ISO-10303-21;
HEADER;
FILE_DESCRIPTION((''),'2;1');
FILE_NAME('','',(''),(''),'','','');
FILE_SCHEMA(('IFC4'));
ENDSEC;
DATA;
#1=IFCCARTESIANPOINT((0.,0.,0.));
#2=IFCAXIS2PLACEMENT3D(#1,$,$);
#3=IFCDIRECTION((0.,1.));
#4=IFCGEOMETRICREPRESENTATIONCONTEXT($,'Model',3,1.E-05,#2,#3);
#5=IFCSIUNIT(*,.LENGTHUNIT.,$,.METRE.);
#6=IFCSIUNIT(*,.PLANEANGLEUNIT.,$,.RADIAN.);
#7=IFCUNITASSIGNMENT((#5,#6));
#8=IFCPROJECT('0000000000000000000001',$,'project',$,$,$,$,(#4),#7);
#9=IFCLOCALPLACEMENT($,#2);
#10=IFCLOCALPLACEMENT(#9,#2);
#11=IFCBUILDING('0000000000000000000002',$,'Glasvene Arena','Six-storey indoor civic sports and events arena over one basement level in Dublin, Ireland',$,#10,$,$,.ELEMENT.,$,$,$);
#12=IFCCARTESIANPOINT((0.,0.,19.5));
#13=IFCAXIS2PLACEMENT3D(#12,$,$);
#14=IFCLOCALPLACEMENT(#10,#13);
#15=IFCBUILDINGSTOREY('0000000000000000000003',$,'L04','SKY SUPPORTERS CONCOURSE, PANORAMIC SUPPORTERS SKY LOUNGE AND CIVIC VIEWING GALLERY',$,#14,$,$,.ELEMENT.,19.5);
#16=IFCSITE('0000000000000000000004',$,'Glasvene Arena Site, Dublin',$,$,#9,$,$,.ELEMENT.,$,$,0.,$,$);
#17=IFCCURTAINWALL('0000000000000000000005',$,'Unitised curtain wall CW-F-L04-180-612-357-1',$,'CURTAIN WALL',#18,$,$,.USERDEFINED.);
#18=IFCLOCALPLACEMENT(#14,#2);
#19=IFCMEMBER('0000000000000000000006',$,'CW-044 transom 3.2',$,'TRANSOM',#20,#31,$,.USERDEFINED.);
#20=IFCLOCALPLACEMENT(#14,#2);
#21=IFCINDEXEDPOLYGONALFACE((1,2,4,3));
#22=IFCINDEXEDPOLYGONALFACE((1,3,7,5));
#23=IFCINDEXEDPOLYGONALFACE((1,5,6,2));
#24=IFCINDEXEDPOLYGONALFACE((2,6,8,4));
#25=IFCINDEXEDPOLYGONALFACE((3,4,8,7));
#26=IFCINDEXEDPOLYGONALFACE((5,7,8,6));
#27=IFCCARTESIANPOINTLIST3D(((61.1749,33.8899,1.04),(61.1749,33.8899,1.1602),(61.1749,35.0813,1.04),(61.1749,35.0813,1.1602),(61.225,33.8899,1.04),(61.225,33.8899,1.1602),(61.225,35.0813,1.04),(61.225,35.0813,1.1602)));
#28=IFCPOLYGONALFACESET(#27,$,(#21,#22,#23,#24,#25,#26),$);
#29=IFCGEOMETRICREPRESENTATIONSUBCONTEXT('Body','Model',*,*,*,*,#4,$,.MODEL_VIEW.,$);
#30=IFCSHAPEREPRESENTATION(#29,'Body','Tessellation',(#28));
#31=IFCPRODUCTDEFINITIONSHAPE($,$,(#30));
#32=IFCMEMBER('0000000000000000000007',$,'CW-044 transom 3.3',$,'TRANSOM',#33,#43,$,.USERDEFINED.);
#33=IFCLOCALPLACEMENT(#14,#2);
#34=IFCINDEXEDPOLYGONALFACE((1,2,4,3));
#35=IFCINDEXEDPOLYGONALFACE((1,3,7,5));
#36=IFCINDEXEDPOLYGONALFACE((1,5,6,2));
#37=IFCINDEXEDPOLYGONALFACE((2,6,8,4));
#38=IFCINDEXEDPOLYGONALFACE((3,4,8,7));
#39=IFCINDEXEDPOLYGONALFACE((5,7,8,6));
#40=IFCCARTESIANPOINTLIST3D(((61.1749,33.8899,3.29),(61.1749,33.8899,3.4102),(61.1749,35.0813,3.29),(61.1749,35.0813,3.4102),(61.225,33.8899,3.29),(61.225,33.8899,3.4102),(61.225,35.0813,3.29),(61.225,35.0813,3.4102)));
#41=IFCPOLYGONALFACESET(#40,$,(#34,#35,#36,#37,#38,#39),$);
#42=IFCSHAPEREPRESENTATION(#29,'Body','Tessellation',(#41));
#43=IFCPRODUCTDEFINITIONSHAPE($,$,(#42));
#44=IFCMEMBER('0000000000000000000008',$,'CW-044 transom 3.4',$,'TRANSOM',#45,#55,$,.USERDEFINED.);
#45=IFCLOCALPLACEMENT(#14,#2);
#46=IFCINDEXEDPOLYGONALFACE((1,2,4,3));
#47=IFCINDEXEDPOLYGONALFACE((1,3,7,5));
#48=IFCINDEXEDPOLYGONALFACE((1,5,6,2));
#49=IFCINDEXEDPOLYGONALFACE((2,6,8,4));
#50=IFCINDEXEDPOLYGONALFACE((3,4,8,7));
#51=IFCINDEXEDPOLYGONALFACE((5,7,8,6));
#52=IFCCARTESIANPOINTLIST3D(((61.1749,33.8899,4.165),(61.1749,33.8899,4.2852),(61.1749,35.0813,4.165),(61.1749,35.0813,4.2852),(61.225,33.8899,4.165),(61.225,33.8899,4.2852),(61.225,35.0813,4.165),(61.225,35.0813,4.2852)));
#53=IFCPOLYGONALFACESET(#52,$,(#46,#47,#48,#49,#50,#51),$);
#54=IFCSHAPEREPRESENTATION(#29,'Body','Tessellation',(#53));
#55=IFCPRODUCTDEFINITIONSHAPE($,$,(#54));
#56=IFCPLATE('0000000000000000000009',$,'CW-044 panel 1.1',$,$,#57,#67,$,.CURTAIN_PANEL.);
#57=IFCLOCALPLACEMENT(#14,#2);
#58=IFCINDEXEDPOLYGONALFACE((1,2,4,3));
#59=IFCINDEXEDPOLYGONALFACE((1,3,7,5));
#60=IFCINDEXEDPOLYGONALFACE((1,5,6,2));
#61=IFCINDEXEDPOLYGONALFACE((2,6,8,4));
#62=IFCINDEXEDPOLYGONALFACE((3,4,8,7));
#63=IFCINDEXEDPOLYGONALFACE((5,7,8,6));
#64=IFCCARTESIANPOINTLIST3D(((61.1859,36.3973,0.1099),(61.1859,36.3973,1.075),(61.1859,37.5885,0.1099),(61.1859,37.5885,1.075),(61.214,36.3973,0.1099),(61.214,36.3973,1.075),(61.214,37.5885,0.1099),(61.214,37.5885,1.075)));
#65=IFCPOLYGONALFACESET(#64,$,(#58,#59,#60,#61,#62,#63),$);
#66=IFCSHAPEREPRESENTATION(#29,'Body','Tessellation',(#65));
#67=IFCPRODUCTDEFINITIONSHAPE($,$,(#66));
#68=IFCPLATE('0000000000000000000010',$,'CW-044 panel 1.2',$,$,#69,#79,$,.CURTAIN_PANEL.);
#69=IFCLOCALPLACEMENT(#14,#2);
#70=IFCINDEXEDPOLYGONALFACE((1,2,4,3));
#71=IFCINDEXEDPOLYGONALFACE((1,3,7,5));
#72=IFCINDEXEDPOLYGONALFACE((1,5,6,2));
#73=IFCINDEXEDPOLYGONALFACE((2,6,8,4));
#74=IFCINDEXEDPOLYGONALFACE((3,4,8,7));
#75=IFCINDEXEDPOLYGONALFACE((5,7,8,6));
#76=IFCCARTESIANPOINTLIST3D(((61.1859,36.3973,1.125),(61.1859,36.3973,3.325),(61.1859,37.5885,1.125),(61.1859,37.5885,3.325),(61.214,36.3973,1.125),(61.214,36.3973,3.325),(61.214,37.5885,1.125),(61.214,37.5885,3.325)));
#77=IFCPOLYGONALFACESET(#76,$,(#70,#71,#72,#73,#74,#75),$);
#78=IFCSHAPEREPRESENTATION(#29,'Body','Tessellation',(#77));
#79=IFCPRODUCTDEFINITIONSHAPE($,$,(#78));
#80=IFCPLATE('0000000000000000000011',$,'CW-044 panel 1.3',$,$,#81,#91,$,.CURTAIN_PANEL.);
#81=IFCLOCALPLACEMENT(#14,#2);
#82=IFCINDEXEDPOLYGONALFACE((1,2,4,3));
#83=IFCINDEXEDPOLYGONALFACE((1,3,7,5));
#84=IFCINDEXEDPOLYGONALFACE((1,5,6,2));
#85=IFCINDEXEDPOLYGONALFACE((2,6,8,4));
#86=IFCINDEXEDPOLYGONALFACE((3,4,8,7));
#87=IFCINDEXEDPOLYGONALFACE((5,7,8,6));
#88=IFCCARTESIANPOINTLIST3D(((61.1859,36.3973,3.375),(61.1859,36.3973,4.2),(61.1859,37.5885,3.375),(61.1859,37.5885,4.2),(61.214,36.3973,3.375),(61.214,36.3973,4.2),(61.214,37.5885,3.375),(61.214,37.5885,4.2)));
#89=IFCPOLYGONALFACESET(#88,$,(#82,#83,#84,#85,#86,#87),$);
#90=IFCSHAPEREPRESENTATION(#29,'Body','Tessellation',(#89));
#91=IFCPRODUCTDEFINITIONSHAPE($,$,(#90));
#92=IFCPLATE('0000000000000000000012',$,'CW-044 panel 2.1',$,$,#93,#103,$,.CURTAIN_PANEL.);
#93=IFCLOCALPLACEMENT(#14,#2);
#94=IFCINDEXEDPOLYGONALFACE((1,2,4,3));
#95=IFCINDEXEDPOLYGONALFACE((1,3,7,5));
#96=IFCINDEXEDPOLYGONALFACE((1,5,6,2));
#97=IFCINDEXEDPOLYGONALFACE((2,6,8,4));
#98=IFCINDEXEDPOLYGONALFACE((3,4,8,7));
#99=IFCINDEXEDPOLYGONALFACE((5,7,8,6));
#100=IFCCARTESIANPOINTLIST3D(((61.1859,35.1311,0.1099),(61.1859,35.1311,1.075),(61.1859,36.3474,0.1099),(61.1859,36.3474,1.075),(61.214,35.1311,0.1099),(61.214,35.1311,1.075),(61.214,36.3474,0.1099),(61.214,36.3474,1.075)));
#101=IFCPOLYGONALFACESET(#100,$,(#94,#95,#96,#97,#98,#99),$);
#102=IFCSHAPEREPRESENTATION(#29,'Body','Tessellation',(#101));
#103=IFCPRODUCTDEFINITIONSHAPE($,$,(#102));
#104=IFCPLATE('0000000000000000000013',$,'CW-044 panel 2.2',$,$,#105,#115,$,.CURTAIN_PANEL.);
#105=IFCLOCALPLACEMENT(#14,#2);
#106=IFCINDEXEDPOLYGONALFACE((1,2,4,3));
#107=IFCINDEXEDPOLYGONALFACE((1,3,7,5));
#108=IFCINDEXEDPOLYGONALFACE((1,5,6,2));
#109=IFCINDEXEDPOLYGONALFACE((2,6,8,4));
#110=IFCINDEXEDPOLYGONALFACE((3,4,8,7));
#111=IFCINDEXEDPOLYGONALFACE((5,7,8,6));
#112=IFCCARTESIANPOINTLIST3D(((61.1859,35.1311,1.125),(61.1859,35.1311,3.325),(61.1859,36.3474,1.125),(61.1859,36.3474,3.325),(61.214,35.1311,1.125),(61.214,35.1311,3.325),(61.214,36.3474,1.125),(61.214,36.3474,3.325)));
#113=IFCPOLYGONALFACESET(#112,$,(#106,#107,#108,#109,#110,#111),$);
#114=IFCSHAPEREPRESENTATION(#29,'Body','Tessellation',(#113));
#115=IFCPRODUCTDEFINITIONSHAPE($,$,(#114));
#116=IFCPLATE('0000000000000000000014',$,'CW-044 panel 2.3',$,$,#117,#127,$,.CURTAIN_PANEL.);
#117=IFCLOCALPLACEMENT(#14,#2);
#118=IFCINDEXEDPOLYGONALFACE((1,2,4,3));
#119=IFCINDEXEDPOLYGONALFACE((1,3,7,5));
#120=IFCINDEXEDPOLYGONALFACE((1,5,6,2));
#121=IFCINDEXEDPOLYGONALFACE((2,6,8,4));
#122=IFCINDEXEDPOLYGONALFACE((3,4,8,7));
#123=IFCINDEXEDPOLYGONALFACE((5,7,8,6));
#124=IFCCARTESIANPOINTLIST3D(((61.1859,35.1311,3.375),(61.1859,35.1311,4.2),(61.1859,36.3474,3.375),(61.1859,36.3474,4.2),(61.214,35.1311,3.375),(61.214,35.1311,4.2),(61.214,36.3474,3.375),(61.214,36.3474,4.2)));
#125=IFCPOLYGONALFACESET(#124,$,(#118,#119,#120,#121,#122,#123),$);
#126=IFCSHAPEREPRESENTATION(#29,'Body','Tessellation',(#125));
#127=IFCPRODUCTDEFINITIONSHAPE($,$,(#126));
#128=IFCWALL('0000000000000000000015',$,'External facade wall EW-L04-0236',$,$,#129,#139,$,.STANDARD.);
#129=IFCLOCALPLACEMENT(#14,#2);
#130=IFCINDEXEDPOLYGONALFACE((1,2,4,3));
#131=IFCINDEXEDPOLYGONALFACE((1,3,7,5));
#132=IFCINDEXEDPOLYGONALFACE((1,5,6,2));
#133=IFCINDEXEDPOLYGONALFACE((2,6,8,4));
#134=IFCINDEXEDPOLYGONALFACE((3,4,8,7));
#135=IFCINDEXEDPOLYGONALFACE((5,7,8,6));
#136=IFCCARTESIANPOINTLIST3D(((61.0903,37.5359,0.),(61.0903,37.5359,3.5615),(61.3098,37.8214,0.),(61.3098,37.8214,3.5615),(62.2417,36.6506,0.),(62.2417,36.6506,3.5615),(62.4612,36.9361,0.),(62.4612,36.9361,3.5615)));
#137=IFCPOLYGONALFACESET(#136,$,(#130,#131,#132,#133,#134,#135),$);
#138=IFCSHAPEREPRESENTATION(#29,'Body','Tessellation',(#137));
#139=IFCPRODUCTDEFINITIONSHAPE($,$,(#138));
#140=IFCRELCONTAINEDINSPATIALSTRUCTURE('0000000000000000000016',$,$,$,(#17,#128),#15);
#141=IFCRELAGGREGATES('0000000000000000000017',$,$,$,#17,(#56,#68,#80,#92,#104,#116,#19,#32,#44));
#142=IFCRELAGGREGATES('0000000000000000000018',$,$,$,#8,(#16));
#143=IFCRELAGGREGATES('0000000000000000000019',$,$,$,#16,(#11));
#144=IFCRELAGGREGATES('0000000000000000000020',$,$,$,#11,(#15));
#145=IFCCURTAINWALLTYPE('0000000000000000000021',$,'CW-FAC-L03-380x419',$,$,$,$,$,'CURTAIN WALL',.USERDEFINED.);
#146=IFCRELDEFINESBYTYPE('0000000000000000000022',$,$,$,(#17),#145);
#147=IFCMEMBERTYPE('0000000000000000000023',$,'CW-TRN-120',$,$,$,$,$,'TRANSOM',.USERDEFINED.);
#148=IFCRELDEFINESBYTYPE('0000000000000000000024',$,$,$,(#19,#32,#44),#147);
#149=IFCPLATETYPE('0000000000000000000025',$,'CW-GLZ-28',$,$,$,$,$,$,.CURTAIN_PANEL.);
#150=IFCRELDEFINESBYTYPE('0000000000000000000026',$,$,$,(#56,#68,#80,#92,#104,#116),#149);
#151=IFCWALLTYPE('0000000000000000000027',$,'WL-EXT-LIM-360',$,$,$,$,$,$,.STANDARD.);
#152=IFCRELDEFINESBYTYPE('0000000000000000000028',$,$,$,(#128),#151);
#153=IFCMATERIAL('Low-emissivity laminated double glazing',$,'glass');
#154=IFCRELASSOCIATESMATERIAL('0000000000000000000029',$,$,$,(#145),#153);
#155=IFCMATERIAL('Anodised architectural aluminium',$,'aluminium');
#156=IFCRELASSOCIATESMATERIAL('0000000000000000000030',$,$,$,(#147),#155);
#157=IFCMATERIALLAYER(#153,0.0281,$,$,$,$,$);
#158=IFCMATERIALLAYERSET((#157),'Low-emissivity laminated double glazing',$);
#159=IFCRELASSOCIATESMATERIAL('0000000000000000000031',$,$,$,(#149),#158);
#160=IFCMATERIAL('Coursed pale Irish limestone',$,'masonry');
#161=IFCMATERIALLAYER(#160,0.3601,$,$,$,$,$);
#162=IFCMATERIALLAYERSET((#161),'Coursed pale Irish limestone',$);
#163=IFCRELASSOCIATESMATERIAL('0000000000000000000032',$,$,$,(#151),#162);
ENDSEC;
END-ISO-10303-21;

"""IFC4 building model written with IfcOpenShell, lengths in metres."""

from ifc_helpers import new_model, si_unit, direction, frame, frame_2d, origin, origin_2d, place, context, subcontext, project, spatial, rectangle, extrude, material, layer, layer_set, material_profile, profile_set, type_object, element, aggregate, save


model = new_model("IFC4")

# Units and contexts
model_context = context("Model", 3, precision=1e-05, world=origin(), true_north=direction((0.0, 1.0)))
body_context = subcontext(model_context, "Body", "Model", "MODEL_VIEW")
ifc_project = project(units=[si_unit("LENGTHUNIT", "METRE"), si_unit("PLANEANGLEUNIT", "RADIAN")], contexts=[model_context])

# Site, building, storey
site_placement = place(None, origin())
site = spatial("IfcSite", under=ifc_project, at=site_placement, Name="Glasvene Arena Site, Dublin", CompositionType="ELEMENT", RefElevation=0.0)
building_placement = place(site_placement, origin())
building = spatial("IfcBuilding", under=site, at=building_placement, Name="Glasvene Arena", Description="Six-storey indoor civic sports and events arena over one basement level in Dublin, Ireland", CompositionType="ELEMENT")
storey_placement = place(building_placement, frame((0.0, 0.0, 19.5)))
storey = spatial("IfcBuildingStorey", under=building, at=storey_placement, Name="L04", Description="SKY SUPPORTERS CONCOURSE, PANORAMIC SUPPORTERS SKY LOUNGE AND CIVIC VIEWING GALLERY", CompositionType="ELEMENT", Elevation=19.5)

# Curtain wall, members, plates
ifc_material_1 = material(Name="Low-emissivity laminated double glazing", Category="glass")
curtain_wall_type = type_object("IfcCurtainWallType", Name="CW-FAC-L03-380x419", ElementType="CURTAIN WALL", PredefinedType="USERDEFINED", material=ifc_material_1)
curtain_wall_placement = place(storey_placement, frame((61.2, 37.6387, 0.0)))
curtain_wall = element("IfcCurtainWall", 1, at=curtain_wall_placement, inside=storey, type_object=curtain_wall_type, Name="Unitised curtain wall CW-F-L04-180-612-357-1", ObjectType="CURTAIN WALL", PredefinedType="USERDEFINED")
ifc_material_2 = material(Name="Anodised architectural aluminium", Category="aluminium")
ifc_material_profile_1 = material_profile(ifc_material_2, rectangle(XDim=0.05, YDim=0.1201, at=origin_2d()), Name="ALU TRANSOM 50x120")
ifc_profile_set_1 = profile_set([ifc_material_profile_1], Name="Anodised architectural aluminium")
member_type_1 = type_object("IfcMemberType", Name="CW-TRN-120", ElementType="TRANSOM", PredefinedType="USERDEFINED", material=ifc_profile_set_1)
member_1_placement = place(storey_placement, frame((61.2, 35.0813, 1.1001), z_axis=(0.0, -1.0, 0.0), x_axis=(1.0, 0.0, 0.0)))
member_1 = element("IfcMember", 2, at=member_1_placement, type_object=member_type_1, Name="CW-044 transom 3.2", ObjectType="TRANSOM", PredefinedType="USERDEFINED", context=body_context, shape_type="SweptSolid", body=[
    extrude(rectangle(XDim=0.05, YDim=0.1201, at=origin_2d()), origin(), (0.0, 0.0, 1.0), 1.1914),
])
member_2_placement = place(storey_placement, frame((61.2, 35.0813, 3.3501), z_axis=(0.0, -1.0, 0.0), x_axis=(1.0, 0.0, 0.0)))
member_2 = element("IfcMember", 3, at=member_2_placement, type_object=member_type_1, Name="CW-044 transom 3.3", ObjectType="TRANSOM", PredefinedType="USERDEFINED", context=body_context, shape_type="SweptSolid", body=[
    extrude(rectangle(XDim=0.05, YDim=0.1201, at=origin_2d()), origin(), (0.0, 0.0, 1.0), 1.1914),
])
member_3_placement = place(storey_placement, frame((61.2, 35.0813, 4.2251), z_axis=(0.0, -1.0, 0.0), x_axis=(1.0, 0.0, 0.0)))
member_3 = element("IfcMember", 4, at=member_3_placement, type_object=member_type_1, Name="CW-044 transom 3.4", ObjectType="TRANSOM", PredefinedType="USERDEFINED", context=body_context, shape_type="SweptSolid", body=[
    extrude(rectangle(XDim=0.05, YDim=0.1201, at=origin_2d()), origin(), (0.0, 0.0, 1.0), 1.1914),
])
ifc_layer_1 = layer(ifc_material_1, 0.0281)
ifc_layer_set_1 = layer_set([ifc_layer_1], Name="Low-emissivity laminated double glazing")
plate_type = type_object("IfcPlateType", Name="CW-GLZ-28", PredefinedType="CURTAIN_PANEL", material=ifc_layer_set_1)
plate_1_placement = place(storey_placement, frame((61.2, 36.9929, 0.1099), z_axis=(0.0, 0.0, 1.0), x_axis=(0.0, -1.0, 0.0)))
plate_1 = element("IfcPlate", 5, at=plate_1_placement, type_object=plate_type, Name="CW-044 panel 1.1", PredefinedType="CURTAIN_PANEL", context=body_context, shape_type="SweptSolid", body=[
    extrude(rectangle(XDim=1.1912, YDim=0.0281, at=origin_2d()), origin(), (0.0, 0.0, 1.0), 0.9651),
])
plate_2_placement = place(storey_placement, frame((61.2, 36.9929, 1.125), z_axis=(0.0, 0.0, 1.0), x_axis=(0.0, -1.0, 0.0)))
plate_2 = element("IfcPlate", 6, at=plate_2_placement, type_object=plate_type, Name="CW-044 panel 1.2", PredefinedType="CURTAIN_PANEL", context=body_context, shape_type="SweptSolid", body=[
    extrude(rectangle(XDim=1.1912, YDim=0.0281, at=origin_2d()), origin(), (0.0, 0.0, 1.0), 2.2),
])
plate_3_placement = place(storey_placement, frame((61.2, 36.9929, 3.375), z_axis=(0.0, 0.0, 1.0), x_axis=(0.0, -1.0, 0.0)))
plate_3 = element("IfcPlate", 7, at=plate_3_placement, type_object=plate_type, Name="CW-044 panel 1.3", PredefinedType="CURTAIN_PANEL", context=body_context, shape_type="SweptSolid", body=[
    extrude(rectangle(XDim=1.1912, YDim=0.0281, at=origin_2d()), origin(), (0.0, 0.0, 1.0), 0.825),
])
plate_4_placement = place(storey_placement, frame((61.2, 35.7393, 0.1099), z_axis=(0.0, 0.0, 1.0), x_axis=(0.0, -1.0, 0.0)))
plate_4 = element("IfcPlate", 8, at=plate_4_placement, type_object=plate_type, Name="CW-044 panel 2.1", PredefinedType="CURTAIN_PANEL", context=body_context, shape_type="SweptSolid", body=[
    extrude(rectangle(XDim=1.2163, YDim=0.0281, at=origin_2d()), origin(), (0.0, 0.0, 1.0), 0.9651),
])
plate_5_placement = place(storey_placement, frame((61.2, 35.7393, 1.125), z_axis=(0.0, 0.0, 1.0), x_axis=(0.0, -1.0, 0.0)))
plate_5 = element("IfcPlate", 9, at=plate_5_placement, type_object=plate_type, Name="CW-044 panel 2.2", PredefinedType="CURTAIN_PANEL", context=body_context, shape_type="SweptSolid", body=[
    extrude(rectangle(XDim=1.2163, YDim=0.0281, at=origin_2d()), origin(), (0.0, 0.0, 1.0), 2.2),
])
plate_6_placement = place(storey_placement, frame((61.2, 35.7393, 3.375), z_axis=(0.0, 0.0, 1.0), x_axis=(0.0, -1.0, 0.0)))
plate_6 = element("IfcPlate", 10, at=plate_6_placement, type_object=plate_type, Name="CW-044 panel 2.3", PredefinedType="CURTAIN_PANEL", context=body_context, shape_type="SweptSolid", body=[
    extrude(rectangle(XDim=1.2163, YDim=0.0281, at=origin_2d()), origin(), (0.0, 0.0, 1.0), 0.825),
])
aggregate(curtain_wall, [plate_1, plate_2, plate_3, plate_4, plate_5, plate_6, member_1, member_2, member_3])

# Wall
ifc_material_3 = material(Name="Coursed pale Irish limestone", Category="masonry")
ifc_layer_2 = layer(ifc_material_3, 0.3601)
ifc_layer_set_2 = layer_set([ifc_layer_2], Name="Coursed pale Irish limestone")
wall_type = type_object("IfcWallType", Name="WL-EXT-LIM-360", PredefinedType="STANDARD", material=ifc_layer_set_2)
wall_placement = place(storey_placement, frame((62.3513, 36.7935, 0.0), z_axis=(0.0, 0.0, 1.0), x_axis=(-0.792761, 0.609532, 0.0)))
element("IfcWall", 11, at=wall_placement, inside=storey, type_object=wall_type, Name="External facade wall EW-L04-0236", PredefinedType="STANDARD", context=body_context, shape_type="SweptSolid", body=[
    extrude(rectangle(XDim=1.4524, YDim=0.3601, at=frame_2d((0.7261, 0.0))), origin(), (0.0, 0.0, 1.0), 3.5615),
])

save(model, "model.ifc")
